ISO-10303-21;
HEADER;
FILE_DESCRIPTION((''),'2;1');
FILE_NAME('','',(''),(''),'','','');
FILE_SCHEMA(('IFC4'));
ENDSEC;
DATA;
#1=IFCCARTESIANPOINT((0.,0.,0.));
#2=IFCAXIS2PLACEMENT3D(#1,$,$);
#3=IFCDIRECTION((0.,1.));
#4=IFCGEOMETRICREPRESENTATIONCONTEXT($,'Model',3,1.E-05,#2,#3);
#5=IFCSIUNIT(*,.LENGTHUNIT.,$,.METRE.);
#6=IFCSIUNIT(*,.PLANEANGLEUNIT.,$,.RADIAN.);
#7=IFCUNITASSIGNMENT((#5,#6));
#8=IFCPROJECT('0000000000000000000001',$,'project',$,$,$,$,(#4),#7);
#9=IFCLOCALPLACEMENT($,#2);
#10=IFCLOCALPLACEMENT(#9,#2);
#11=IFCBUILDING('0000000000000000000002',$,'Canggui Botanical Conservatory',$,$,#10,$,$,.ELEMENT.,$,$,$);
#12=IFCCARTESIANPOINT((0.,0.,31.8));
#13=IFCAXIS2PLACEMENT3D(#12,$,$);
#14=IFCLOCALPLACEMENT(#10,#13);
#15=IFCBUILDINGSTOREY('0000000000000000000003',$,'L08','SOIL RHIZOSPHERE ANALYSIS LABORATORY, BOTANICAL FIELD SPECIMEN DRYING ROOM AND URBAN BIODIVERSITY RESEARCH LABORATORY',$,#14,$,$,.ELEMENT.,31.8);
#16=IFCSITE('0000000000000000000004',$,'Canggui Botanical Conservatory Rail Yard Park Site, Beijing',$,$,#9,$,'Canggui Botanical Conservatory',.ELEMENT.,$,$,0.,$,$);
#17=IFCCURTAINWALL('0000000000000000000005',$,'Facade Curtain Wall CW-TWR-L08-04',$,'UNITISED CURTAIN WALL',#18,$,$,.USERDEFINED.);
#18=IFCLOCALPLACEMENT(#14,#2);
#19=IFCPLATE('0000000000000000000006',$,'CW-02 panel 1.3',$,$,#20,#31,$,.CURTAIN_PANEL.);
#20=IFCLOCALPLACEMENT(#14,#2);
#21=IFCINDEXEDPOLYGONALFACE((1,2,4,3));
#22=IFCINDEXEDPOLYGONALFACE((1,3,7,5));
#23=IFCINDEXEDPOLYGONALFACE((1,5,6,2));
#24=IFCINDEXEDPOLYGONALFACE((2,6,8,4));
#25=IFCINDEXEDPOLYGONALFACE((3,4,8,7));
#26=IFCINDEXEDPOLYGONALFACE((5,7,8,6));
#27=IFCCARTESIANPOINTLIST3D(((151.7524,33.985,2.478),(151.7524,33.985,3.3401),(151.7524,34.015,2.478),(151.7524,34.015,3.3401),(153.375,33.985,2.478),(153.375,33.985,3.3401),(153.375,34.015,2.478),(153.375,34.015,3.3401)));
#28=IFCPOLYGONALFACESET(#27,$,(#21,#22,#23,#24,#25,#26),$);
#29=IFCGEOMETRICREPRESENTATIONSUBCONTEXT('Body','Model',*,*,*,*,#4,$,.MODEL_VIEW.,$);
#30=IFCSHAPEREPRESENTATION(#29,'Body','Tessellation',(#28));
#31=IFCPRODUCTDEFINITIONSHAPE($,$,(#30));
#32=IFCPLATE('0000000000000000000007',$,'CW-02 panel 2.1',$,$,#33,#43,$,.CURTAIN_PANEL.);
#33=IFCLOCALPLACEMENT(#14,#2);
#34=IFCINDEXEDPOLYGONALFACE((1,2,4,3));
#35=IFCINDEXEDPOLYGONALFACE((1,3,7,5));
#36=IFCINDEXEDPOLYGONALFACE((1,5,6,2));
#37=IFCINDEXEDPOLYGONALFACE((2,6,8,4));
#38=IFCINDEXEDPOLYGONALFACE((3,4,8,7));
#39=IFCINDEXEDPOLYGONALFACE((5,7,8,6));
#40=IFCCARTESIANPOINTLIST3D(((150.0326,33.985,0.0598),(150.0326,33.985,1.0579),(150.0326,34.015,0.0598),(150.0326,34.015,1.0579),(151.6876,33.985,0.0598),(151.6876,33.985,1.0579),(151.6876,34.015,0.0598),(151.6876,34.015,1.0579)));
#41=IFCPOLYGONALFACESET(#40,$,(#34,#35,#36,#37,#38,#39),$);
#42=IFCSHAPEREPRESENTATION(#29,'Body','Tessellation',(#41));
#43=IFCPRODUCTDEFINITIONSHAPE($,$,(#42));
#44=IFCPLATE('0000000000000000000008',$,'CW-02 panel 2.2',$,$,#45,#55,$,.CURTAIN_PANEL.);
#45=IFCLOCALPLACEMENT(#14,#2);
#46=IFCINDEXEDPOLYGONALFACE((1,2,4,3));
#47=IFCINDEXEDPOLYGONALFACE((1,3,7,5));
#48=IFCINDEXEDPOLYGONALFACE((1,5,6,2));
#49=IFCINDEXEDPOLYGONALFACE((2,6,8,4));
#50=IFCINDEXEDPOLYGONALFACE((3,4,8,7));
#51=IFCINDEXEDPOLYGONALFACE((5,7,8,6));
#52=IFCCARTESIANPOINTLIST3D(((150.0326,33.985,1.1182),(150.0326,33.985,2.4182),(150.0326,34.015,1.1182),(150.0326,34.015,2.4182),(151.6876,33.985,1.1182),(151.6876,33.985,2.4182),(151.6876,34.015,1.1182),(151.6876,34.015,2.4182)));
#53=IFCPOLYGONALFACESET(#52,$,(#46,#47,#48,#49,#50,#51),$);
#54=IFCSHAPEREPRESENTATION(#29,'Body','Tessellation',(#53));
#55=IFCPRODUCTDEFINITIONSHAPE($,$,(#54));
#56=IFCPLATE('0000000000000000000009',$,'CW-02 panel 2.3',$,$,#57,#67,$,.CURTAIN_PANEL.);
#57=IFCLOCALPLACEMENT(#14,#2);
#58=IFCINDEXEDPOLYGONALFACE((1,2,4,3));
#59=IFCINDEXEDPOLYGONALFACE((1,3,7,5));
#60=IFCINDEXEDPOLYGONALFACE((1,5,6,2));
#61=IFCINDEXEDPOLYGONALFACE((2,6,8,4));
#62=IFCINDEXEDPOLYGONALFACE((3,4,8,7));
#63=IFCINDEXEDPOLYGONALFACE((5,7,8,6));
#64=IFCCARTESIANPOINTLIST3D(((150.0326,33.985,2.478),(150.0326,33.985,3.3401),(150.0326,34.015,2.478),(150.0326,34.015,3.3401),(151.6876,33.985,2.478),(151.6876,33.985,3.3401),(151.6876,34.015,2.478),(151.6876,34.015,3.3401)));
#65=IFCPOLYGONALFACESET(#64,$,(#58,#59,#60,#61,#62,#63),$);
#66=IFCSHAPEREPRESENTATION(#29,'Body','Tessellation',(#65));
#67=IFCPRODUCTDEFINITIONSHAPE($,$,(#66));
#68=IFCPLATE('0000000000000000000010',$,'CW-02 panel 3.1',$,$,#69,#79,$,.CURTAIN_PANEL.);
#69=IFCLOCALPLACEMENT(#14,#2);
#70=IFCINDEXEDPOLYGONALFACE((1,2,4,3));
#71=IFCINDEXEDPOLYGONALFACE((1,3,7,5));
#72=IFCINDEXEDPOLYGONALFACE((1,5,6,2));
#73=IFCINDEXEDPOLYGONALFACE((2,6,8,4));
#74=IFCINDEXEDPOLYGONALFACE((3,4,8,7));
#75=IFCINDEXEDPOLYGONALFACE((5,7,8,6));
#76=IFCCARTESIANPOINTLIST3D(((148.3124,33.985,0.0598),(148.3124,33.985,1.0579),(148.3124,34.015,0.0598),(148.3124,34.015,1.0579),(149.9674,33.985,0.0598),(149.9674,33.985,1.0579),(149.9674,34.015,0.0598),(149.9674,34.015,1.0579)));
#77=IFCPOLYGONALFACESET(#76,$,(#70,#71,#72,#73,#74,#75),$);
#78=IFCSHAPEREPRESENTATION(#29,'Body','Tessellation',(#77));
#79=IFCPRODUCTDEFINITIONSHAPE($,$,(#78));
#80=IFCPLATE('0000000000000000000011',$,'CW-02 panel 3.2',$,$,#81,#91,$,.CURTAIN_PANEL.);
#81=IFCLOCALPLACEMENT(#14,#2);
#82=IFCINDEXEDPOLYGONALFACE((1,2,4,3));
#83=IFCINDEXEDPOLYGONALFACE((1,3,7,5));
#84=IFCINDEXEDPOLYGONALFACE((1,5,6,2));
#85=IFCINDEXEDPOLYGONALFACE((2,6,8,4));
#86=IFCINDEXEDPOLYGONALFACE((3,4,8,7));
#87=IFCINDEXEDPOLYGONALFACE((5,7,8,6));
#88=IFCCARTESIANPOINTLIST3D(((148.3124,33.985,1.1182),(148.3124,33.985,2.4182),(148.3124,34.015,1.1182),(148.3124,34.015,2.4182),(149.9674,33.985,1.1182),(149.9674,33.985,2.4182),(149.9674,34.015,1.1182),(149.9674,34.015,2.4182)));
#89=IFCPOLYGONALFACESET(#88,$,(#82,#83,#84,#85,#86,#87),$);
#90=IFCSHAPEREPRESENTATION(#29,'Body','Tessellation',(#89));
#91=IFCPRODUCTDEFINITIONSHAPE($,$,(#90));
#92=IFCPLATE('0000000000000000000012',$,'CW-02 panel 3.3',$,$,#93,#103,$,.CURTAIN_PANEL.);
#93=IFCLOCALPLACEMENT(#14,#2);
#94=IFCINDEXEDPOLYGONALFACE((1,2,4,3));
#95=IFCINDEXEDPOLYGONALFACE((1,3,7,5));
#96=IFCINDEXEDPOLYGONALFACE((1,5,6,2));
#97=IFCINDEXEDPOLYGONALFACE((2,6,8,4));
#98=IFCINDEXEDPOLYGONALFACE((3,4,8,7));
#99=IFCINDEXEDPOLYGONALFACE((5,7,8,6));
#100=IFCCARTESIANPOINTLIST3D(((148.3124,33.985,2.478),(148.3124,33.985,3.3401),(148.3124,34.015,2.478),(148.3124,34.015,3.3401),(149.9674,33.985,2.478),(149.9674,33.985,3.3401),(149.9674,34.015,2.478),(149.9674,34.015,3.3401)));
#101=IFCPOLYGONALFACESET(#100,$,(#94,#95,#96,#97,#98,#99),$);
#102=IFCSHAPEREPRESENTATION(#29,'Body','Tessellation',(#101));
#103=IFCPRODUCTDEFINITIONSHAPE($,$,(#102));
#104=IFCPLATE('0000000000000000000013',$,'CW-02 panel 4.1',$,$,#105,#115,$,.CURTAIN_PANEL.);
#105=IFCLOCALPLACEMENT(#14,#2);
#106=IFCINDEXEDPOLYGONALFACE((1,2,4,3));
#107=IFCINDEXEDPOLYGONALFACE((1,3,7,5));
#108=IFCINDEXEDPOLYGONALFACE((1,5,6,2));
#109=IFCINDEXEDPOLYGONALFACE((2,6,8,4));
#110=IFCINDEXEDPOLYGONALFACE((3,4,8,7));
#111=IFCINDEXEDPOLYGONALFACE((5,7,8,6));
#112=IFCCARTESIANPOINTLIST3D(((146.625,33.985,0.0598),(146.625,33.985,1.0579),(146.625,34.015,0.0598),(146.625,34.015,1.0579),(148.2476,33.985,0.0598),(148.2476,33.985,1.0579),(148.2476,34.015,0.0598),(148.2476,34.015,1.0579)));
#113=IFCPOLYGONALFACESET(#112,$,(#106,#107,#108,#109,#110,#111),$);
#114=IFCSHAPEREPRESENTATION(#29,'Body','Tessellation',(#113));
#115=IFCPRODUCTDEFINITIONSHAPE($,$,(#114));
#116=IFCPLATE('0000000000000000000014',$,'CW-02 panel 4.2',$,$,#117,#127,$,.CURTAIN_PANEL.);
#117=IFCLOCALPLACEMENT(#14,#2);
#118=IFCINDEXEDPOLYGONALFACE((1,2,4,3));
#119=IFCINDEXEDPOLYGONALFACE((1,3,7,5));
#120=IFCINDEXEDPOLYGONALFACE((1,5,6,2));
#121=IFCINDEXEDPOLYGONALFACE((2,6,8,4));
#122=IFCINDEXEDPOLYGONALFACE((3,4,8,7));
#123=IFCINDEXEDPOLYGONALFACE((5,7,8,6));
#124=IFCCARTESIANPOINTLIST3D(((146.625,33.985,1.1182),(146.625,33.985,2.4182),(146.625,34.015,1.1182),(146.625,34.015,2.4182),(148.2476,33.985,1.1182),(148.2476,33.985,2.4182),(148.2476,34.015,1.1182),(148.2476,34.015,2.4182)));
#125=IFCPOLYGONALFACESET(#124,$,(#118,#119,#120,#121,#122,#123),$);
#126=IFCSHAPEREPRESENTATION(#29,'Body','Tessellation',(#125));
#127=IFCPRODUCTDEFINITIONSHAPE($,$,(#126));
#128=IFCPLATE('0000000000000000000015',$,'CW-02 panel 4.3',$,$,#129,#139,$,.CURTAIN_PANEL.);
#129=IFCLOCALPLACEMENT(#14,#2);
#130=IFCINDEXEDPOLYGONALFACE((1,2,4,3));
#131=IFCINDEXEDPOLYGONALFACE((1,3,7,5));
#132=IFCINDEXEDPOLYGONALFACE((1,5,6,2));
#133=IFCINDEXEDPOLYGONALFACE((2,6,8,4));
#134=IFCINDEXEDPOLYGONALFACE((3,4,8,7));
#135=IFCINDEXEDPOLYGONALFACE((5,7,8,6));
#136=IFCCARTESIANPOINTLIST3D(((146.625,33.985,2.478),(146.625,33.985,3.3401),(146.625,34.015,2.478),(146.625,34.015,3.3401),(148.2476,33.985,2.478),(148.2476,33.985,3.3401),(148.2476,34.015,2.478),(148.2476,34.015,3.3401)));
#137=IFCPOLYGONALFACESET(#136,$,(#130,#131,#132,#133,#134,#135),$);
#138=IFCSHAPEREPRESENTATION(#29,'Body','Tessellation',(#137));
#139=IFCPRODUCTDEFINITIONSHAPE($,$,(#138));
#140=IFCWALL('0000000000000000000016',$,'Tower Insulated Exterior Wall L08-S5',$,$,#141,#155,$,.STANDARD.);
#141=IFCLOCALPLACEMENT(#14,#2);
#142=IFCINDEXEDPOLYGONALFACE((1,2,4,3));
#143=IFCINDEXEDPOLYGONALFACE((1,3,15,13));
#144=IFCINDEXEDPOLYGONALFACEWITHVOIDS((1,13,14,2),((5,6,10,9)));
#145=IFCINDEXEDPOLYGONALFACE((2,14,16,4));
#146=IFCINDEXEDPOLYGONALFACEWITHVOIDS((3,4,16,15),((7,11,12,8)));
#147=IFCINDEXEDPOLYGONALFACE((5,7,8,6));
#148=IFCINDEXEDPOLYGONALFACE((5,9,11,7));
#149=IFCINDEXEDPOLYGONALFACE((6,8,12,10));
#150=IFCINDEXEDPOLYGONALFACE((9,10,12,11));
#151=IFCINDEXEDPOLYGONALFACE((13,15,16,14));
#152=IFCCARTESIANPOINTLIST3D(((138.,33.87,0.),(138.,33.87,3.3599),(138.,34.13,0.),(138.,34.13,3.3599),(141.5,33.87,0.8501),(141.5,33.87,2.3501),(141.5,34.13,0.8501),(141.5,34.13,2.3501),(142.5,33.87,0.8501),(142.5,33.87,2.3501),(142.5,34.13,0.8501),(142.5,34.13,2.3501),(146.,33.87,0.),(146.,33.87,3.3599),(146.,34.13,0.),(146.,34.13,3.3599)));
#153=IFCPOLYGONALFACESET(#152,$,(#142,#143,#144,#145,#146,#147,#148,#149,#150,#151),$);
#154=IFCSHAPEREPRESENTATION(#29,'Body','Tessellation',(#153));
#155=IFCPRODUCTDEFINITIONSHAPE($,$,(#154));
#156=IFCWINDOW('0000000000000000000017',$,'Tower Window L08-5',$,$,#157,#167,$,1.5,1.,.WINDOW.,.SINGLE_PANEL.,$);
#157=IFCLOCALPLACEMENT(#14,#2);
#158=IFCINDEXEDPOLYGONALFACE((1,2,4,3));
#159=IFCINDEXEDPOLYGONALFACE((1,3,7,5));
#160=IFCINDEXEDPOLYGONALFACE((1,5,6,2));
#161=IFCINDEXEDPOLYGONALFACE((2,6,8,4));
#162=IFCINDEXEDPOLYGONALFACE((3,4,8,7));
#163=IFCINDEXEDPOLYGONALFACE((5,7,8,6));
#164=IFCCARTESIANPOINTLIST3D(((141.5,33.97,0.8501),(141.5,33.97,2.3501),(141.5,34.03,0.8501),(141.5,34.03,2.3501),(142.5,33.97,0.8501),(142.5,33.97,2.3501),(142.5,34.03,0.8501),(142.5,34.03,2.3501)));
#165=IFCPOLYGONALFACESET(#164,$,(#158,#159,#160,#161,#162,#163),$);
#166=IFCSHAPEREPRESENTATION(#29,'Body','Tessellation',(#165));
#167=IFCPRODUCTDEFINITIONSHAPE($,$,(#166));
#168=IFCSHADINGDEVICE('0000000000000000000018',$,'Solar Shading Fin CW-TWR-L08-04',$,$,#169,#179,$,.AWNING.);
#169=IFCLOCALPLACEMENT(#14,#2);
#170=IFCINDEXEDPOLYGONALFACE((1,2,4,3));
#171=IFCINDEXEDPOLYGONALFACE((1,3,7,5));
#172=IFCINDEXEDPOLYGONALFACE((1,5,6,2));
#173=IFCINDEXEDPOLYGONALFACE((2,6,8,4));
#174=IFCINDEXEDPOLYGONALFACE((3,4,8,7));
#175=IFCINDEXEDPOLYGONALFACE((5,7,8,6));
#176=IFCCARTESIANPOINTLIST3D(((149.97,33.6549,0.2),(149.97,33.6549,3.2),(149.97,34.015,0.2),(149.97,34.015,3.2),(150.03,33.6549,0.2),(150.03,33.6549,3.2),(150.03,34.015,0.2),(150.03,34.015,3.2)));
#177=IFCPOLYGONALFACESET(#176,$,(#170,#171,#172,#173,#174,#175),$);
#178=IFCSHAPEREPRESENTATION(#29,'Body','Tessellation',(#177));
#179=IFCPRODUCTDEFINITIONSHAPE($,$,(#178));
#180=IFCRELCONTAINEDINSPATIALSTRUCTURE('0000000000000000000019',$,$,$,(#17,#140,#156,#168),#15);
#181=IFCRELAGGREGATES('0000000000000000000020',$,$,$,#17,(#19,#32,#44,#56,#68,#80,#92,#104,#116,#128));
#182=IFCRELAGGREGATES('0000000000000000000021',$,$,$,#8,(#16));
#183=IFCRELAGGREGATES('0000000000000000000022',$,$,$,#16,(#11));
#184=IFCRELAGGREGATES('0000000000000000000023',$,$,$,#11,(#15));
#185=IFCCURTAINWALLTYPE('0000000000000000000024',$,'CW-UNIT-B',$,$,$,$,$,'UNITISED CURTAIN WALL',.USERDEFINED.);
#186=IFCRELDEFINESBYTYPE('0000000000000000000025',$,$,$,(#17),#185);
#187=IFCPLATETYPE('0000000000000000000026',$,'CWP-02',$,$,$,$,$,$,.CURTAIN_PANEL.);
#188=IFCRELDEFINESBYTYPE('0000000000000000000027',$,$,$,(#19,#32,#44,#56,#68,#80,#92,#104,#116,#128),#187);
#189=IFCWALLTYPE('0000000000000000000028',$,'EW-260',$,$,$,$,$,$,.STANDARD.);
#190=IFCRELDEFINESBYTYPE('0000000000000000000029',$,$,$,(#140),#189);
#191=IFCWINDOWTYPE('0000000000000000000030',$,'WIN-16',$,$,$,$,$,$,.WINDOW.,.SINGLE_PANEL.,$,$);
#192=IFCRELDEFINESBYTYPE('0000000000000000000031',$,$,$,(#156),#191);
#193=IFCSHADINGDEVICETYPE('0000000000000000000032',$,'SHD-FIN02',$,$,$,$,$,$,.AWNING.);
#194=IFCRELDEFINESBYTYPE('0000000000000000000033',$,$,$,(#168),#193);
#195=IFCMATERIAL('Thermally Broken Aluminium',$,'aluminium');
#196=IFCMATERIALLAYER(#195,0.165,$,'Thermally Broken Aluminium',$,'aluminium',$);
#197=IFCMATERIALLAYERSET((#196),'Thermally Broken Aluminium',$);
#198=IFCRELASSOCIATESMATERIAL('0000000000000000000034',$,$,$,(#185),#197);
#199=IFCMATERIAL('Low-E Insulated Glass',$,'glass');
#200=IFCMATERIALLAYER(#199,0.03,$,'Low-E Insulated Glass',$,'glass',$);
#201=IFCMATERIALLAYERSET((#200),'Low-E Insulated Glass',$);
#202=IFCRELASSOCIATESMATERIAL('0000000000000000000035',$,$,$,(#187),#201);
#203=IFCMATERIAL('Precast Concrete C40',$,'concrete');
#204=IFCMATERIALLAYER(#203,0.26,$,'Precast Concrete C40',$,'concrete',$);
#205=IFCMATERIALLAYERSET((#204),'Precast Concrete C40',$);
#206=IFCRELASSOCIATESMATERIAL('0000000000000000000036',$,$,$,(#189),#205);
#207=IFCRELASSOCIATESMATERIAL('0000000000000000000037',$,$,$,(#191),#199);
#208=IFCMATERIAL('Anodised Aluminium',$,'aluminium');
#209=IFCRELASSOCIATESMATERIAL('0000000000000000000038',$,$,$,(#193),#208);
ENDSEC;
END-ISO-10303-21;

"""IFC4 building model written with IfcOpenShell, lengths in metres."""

from ifc_helpers import new_model, si_unit, direction, frame, frame_2d, origin, origin_2d, place, context, subcontext, project, spatial, rectangle, extrude, material, layer, layer_set, type_object, element, fill, aggregate, save


model = new_model("IFC4")

# Units and contexts
model_context = context("Model", 3, precision=1e-05, world=origin(), true_north=direction((0.0, 1.0)))
body_context = subcontext(model_context, "Body", "Model", "MODEL_VIEW")
ifc_project = project(units=[si_unit("LENGTHUNIT", "METRE"), si_unit("PLANEANGLEUNIT", "RADIAN")], contexts=[model_context])

# Site, building, storey
site_placement = place(None, origin())
site = spatial("IfcSite", under=ifc_project, at=site_placement, Name="Canggui Botanical Conservatory Rail Yard Park Site, Beijing", LongName="Canggui Botanical Conservatory", CompositionType="ELEMENT", RefElevation=0.0)
building_placement = place(site_placement, origin())
building = spatial("IfcBuilding", under=site, at=building_placement, Name="Canggui Botanical Conservatory", CompositionType="ELEMENT")
storey_placement = place(building_placement, frame((0.0, 0.0, 31.8)))
storey = spatial("IfcBuildingStorey", under=building, at=storey_placement, Name="L08", Description="SOIL RHIZOSPHERE ANALYSIS LABORATORY, BOTANICAL FIELD SPECIMEN DRYING ROOM AND URBAN BIODIVERSITY RESEARCH LABORATORY", CompositionType="ELEMENT", Elevation=31.8)

# Curtain wall, plates
ifc_material_1 = material(Name="Thermally Broken Aluminium", Category="aluminium")
ifc_layer_1 = layer(ifc_material_1, 0.165, Name="Thermally Broken Aluminium", Category="aluminium")
ifc_layer_set_1 = layer_set([ifc_layer_1], Name="Thermally Broken Aluminium")
curtain_wall_type = type_object("IfcCurtainWallType", Name="CW-UNIT-B", ElementType="UNITISED CURTAIN WALL", PredefinedType="USERDEFINED", material=ifc_layer_set_1)
curtain_wall_placement = place(storey_placement, origin())
curtain_wall = element("IfcCurtainWall", 1, at=curtain_wall_placement, inside=storey, type_object=curtain_wall_type, Name="Facade Curtain Wall CW-TWR-L08-04", ObjectType="UNITISED CURTAIN WALL", PredefinedType="USERDEFINED")
ifc_material_2 = material(Name="Low-E Insulated Glass", Category="glass")
ifc_layer_2 = layer(ifc_material_2, 0.03, Name="Low-E Insulated Glass", Category="glass")
ifc_layer_set_2 = layer_set([ifc_layer_2], Name="Low-E Insulated Glass")
plate_type = type_object("IfcPlateType", Name="CWP-02", PredefinedType="CURTAIN_PANEL", material=ifc_layer_set_2)
plate_1_placement = place(storey_placement, frame((152.5637, 34.0, 2.478), z_axis=(0.0, 0.0, 1.0), x_axis=(-1.0, 0.0, 0.0)))
plate_1 = element("IfcPlate", 2, at=plate_1_placement, type_object=plate_type, Name="CW-02 panel 1.3", PredefinedType="CURTAIN_PANEL", context=body_context, shape_type="SweptSolid", body=[
    extrude(rectangle(XDim=1.6226, YDim=0.03, at=origin_2d()), origin(), (0.0, 0.0, 1.0), 0.8621),
])
plate_2_placement = place(storey_placement, frame((150.8601, 34.0, 0.0598), z_axis=(0.0, 0.0, 1.0), x_axis=(-1.0, 0.0, 0.0)))
plate_2 = element("IfcPlate", 3, at=plate_2_placement, type_object=plate_type, Name="CW-02 panel 2.1", PredefinedType="CURTAIN_PANEL", context=body_context, shape_type="SweptSolid", body=[
    extrude(rectangle(XDim=1.655, YDim=0.03, at=origin_2d()), origin(), (0.0, 0.0, 1.0), 0.998),
])
plate_3_placement = place(storey_placement, frame((150.8601, 34.0, 1.1182), z_axis=(0.0, 0.0, 1.0), x_axis=(-1.0, 0.0, 0.0)))
plate_3 = element("IfcPlate", 4, at=plate_3_placement, type_object=plate_type, Name="CW-02 panel 2.2", PredefinedType="CURTAIN_PANEL", context=body_context, shape_type="SweptSolid", body=[
    extrude(rectangle(XDim=1.655, YDim=0.03, at=origin_2d()), origin(), (0.0, 0.0, 1.0), 1.3),
])
plate_4_placement = place(storey_placement, frame((150.8601, 34.0, 2.478), z_axis=(0.0, 0.0, 1.0), x_axis=(-1.0, 0.0, 0.0)))
plate_4 = element("IfcPlate", 5, at=plate_4_placement, type_object=plate_type, Name="CW-02 panel 2.3", PredefinedType="CURTAIN_PANEL", context=body_context, shape_type="SweptSolid", body=[
    extrude(rectangle(XDim=1.655, YDim=0.03, at=origin_2d()), origin(), (0.0, 0.0, 1.0), 0.8621),
])
plate_5_placement = place(storey_placement, frame((149.1399, 34.0, 0.0598), z_axis=(0.0, 0.0, 1.0), x_axis=(-1.0, 0.0, 0.0)))
plate_5 = element("IfcPlate", 6, at=plate_5_placement, type_object=plate_type, Name="CW-02 panel 3.1", PredefinedType="CURTAIN_PANEL", context=body_context, shape_type="SweptSolid", body=[
    extrude(rectangle(XDim=1.655, YDim=0.03, at=origin_2d()), origin(), (0.0, 0.0, 1.0), 0.998),
])
plate_6_placement = place(storey_placement, frame((149.1399, 34.0, 1.1182), z_axis=(0.0, 0.0, 1.0), x_axis=(-1.0, 0.0, 0.0)))
plate_6 = element("IfcPlate", 7, at=plate_6_placement, type_object=plate_type, Name="CW-02 panel 3.2", PredefinedType="CURTAIN_PANEL", context=body_context, shape_type="SweptSolid", body=[
    extrude(rectangle(XDim=1.655, YDim=0.03, at=origin_2d()), origin(), (0.0, 0.0, 1.0), 1.3),
])
plate_7_placement = place(storey_placement, frame((149.1399, 34.0, 2.478), z_axis=(0.0, 0.0, 1.0), x_axis=(-1.0, 0.0, 0.0)))
plate_7 = element("IfcPlate", 8, at=plate_7_placement, type_object=plate_type, Name="CW-02 panel 3.3", PredefinedType="CURTAIN_PANEL", context=body_context, shape_type="SweptSolid", body=[
    extrude(rectangle(XDim=1.655, YDim=0.03, at=origin_2d()), origin(), (0.0, 0.0, 1.0), 0.8621),
])
plate_8_placement = place(storey_placement, frame((147.4363, 34.0, 0.0598), z_axis=(0.0, 0.0, 1.0), x_axis=(-1.0, 0.0, 0.0)))
plate_8 = element("IfcPlate", 9, at=plate_8_placement, type_object=plate_type, Name="CW-02 panel 4.1", PredefinedType="CURTAIN_PANEL", context=body_context, shape_type="SweptSolid", body=[
    extrude(rectangle(XDim=1.6226, YDim=0.03, at=origin_2d()), origin(), (0.0, 0.0, 1.0), 0.998),
])
plate_9_placement = place(storey_placement, frame((147.4363, 34.0, 1.1182), z_axis=(0.0, 0.0, 1.0), x_axis=(-1.0, 0.0, 0.0)))
plate_9 = element("IfcPlate", 10, at=plate_9_placement, type_object=plate_type, Name="CW-02 panel 4.2", PredefinedType="CURTAIN_PANEL", context=body_context, shape_type="SweptSolid", body=[
    extrude(rectangle(XDim=1.6226, YDim=0.03, at=origin_2d()), origin(), (0.0, 0.0, 1.0), 1.3),
])
plate_10_placement = place(storey_placement, frame((147.4363, 34.0, 2.478), z_axis=(0.0, 0.0, 1.0), x_axis=(-1.0, 0.0, 0.0)))
plate_10 = element("IfcPlate", 11, at=plate_10_placement, type_object=plate_type, Name="CW-02 panel 4.3", PredefinedType="CURTAIN_PANEL", context=body_context, shape_type="SweptSolid", body=[
    extrude(rectangle(XDim=1.6226, YDim=0.03, at=origin_2d()), origin(), (0.0, 0.0, 1.0), 0.8621),
])
aggregate(curtain_wall, [plate_1, plate_2, plate_3, plate_4, plate_5, plate_6, plate_7, plate_8, plate_9, plate_10])

# Wall, opening, window
ifc_material_3 = material(Name="Precast Concrete C40", Category="concrete")
ifc_layer_3 = layer(ifc_material_3, 0.26, Name="Precast Concrete C40", Category="concrete")
ifc_layer_set_3 = layer_set([ifc_layer_3], Name="Precast Concrete C40")
wall_type = type_object("IfcWallType", Name="EW-260", PredefinedType="STANDARD", material=ifc_layer_set_3)
wall_placement = place(storey_placement, frame((146.0, 34.0, 0.0), z_axis=(0.0, 0.0, 1.0), x_axis=(-1.0, 0.0, 0.0)))
wall = element("IfcWall", 12, at=wall_placement, inside=storey, type_object=wall_type, Name="Tower Insulated Exterior Wall L08-S5", PredefinedType="STANDARD", context=body_context, shape_type="SweptSolid", body=[
    extrude(rectangle(XDim=8.0, YDim=0.26, at=frame_2d((4.0, 0.0))), origin(), (0.0, 0.0, 1.0), 3.3599),
])
opening_placement = place(wall_placement, frame((3.5, 0.0, 0.8501)))
opening = element("IfcOpeningElement", 13, at=opening_placement, cuts=wall, PredefinedType="OPENING", context=body_context, shape_type="SweptSolid", body=[
    extrude(rectangle(XDim=1.0, YDim=1.5, at=frame_2d((0.5, 0.75))), frame((0.0, 0.1401, 0.0), z_axis=(0.0, -1.0, 0.0), x_axis=(1.0, 0.0, 0.0)), (0.0, 0.0, 1.0), 0.28),
])
window_type = type_object("IfcWindowType", Name="WIN-16", PartitioningType="SINGLE_PANEL", PredefinedType="WINDOW", material=ifc_material_2)
window_placement = place(opening_placement, origin())
window = element("IfcWindow", 14, at=window_placement, inside=storey, type_object=window_type, Name="Tower Window L08-5", OverallHeight=1.5, OverallWidth=1.0, PartitioningType="SINGLE_PANEL", PredefinedType="WINDOW", context=body_context, shape_type="SweptSolid", body=[
    extrude(rectangle(XDim=1.0, YDim=1.5, at=frame_2d((0.5, 0.75))), frame((0.0, 0.03, 0.0), z_axis=(0.0, -1.0, 0.0), x_axis=(1.0, 0.0, 0.0)), (0.0, 0.0, 1.0), 0.0601),
])
fill(opening, window)

# Shading device
ifc_material_4 = material(Name="Anodised Aluminium", Category="aluminium")
shading_device_type = type_object("IfcShadingDeviceType", Name="SHD-FIN02", PredefinedType="AWNING", material=ifc_material_4)
shading_device_placement = place(storey_placement, frame((150.0, 33.835, 0.2), z_axis=(0.0, 0.0, 1.0), x_axis=(-1.0, 0.0, 0.0)))
element("IfcShadingDevice", 15, at=shading_device_placement, inside=storey, type_object=shading_device_type, Name="Solar Shading Fin CW-TWR-L08-04", PredefinedType="AWNING", context=body_context, shape_type="SweptSolid", body=[
    extrude(rectangle(XDim=0.0601, YDim=0.3601, at=origin_2d()), origin(), (0.0, 0.0, 1.0), 3.0),
])

save(model, "model.ifc")
